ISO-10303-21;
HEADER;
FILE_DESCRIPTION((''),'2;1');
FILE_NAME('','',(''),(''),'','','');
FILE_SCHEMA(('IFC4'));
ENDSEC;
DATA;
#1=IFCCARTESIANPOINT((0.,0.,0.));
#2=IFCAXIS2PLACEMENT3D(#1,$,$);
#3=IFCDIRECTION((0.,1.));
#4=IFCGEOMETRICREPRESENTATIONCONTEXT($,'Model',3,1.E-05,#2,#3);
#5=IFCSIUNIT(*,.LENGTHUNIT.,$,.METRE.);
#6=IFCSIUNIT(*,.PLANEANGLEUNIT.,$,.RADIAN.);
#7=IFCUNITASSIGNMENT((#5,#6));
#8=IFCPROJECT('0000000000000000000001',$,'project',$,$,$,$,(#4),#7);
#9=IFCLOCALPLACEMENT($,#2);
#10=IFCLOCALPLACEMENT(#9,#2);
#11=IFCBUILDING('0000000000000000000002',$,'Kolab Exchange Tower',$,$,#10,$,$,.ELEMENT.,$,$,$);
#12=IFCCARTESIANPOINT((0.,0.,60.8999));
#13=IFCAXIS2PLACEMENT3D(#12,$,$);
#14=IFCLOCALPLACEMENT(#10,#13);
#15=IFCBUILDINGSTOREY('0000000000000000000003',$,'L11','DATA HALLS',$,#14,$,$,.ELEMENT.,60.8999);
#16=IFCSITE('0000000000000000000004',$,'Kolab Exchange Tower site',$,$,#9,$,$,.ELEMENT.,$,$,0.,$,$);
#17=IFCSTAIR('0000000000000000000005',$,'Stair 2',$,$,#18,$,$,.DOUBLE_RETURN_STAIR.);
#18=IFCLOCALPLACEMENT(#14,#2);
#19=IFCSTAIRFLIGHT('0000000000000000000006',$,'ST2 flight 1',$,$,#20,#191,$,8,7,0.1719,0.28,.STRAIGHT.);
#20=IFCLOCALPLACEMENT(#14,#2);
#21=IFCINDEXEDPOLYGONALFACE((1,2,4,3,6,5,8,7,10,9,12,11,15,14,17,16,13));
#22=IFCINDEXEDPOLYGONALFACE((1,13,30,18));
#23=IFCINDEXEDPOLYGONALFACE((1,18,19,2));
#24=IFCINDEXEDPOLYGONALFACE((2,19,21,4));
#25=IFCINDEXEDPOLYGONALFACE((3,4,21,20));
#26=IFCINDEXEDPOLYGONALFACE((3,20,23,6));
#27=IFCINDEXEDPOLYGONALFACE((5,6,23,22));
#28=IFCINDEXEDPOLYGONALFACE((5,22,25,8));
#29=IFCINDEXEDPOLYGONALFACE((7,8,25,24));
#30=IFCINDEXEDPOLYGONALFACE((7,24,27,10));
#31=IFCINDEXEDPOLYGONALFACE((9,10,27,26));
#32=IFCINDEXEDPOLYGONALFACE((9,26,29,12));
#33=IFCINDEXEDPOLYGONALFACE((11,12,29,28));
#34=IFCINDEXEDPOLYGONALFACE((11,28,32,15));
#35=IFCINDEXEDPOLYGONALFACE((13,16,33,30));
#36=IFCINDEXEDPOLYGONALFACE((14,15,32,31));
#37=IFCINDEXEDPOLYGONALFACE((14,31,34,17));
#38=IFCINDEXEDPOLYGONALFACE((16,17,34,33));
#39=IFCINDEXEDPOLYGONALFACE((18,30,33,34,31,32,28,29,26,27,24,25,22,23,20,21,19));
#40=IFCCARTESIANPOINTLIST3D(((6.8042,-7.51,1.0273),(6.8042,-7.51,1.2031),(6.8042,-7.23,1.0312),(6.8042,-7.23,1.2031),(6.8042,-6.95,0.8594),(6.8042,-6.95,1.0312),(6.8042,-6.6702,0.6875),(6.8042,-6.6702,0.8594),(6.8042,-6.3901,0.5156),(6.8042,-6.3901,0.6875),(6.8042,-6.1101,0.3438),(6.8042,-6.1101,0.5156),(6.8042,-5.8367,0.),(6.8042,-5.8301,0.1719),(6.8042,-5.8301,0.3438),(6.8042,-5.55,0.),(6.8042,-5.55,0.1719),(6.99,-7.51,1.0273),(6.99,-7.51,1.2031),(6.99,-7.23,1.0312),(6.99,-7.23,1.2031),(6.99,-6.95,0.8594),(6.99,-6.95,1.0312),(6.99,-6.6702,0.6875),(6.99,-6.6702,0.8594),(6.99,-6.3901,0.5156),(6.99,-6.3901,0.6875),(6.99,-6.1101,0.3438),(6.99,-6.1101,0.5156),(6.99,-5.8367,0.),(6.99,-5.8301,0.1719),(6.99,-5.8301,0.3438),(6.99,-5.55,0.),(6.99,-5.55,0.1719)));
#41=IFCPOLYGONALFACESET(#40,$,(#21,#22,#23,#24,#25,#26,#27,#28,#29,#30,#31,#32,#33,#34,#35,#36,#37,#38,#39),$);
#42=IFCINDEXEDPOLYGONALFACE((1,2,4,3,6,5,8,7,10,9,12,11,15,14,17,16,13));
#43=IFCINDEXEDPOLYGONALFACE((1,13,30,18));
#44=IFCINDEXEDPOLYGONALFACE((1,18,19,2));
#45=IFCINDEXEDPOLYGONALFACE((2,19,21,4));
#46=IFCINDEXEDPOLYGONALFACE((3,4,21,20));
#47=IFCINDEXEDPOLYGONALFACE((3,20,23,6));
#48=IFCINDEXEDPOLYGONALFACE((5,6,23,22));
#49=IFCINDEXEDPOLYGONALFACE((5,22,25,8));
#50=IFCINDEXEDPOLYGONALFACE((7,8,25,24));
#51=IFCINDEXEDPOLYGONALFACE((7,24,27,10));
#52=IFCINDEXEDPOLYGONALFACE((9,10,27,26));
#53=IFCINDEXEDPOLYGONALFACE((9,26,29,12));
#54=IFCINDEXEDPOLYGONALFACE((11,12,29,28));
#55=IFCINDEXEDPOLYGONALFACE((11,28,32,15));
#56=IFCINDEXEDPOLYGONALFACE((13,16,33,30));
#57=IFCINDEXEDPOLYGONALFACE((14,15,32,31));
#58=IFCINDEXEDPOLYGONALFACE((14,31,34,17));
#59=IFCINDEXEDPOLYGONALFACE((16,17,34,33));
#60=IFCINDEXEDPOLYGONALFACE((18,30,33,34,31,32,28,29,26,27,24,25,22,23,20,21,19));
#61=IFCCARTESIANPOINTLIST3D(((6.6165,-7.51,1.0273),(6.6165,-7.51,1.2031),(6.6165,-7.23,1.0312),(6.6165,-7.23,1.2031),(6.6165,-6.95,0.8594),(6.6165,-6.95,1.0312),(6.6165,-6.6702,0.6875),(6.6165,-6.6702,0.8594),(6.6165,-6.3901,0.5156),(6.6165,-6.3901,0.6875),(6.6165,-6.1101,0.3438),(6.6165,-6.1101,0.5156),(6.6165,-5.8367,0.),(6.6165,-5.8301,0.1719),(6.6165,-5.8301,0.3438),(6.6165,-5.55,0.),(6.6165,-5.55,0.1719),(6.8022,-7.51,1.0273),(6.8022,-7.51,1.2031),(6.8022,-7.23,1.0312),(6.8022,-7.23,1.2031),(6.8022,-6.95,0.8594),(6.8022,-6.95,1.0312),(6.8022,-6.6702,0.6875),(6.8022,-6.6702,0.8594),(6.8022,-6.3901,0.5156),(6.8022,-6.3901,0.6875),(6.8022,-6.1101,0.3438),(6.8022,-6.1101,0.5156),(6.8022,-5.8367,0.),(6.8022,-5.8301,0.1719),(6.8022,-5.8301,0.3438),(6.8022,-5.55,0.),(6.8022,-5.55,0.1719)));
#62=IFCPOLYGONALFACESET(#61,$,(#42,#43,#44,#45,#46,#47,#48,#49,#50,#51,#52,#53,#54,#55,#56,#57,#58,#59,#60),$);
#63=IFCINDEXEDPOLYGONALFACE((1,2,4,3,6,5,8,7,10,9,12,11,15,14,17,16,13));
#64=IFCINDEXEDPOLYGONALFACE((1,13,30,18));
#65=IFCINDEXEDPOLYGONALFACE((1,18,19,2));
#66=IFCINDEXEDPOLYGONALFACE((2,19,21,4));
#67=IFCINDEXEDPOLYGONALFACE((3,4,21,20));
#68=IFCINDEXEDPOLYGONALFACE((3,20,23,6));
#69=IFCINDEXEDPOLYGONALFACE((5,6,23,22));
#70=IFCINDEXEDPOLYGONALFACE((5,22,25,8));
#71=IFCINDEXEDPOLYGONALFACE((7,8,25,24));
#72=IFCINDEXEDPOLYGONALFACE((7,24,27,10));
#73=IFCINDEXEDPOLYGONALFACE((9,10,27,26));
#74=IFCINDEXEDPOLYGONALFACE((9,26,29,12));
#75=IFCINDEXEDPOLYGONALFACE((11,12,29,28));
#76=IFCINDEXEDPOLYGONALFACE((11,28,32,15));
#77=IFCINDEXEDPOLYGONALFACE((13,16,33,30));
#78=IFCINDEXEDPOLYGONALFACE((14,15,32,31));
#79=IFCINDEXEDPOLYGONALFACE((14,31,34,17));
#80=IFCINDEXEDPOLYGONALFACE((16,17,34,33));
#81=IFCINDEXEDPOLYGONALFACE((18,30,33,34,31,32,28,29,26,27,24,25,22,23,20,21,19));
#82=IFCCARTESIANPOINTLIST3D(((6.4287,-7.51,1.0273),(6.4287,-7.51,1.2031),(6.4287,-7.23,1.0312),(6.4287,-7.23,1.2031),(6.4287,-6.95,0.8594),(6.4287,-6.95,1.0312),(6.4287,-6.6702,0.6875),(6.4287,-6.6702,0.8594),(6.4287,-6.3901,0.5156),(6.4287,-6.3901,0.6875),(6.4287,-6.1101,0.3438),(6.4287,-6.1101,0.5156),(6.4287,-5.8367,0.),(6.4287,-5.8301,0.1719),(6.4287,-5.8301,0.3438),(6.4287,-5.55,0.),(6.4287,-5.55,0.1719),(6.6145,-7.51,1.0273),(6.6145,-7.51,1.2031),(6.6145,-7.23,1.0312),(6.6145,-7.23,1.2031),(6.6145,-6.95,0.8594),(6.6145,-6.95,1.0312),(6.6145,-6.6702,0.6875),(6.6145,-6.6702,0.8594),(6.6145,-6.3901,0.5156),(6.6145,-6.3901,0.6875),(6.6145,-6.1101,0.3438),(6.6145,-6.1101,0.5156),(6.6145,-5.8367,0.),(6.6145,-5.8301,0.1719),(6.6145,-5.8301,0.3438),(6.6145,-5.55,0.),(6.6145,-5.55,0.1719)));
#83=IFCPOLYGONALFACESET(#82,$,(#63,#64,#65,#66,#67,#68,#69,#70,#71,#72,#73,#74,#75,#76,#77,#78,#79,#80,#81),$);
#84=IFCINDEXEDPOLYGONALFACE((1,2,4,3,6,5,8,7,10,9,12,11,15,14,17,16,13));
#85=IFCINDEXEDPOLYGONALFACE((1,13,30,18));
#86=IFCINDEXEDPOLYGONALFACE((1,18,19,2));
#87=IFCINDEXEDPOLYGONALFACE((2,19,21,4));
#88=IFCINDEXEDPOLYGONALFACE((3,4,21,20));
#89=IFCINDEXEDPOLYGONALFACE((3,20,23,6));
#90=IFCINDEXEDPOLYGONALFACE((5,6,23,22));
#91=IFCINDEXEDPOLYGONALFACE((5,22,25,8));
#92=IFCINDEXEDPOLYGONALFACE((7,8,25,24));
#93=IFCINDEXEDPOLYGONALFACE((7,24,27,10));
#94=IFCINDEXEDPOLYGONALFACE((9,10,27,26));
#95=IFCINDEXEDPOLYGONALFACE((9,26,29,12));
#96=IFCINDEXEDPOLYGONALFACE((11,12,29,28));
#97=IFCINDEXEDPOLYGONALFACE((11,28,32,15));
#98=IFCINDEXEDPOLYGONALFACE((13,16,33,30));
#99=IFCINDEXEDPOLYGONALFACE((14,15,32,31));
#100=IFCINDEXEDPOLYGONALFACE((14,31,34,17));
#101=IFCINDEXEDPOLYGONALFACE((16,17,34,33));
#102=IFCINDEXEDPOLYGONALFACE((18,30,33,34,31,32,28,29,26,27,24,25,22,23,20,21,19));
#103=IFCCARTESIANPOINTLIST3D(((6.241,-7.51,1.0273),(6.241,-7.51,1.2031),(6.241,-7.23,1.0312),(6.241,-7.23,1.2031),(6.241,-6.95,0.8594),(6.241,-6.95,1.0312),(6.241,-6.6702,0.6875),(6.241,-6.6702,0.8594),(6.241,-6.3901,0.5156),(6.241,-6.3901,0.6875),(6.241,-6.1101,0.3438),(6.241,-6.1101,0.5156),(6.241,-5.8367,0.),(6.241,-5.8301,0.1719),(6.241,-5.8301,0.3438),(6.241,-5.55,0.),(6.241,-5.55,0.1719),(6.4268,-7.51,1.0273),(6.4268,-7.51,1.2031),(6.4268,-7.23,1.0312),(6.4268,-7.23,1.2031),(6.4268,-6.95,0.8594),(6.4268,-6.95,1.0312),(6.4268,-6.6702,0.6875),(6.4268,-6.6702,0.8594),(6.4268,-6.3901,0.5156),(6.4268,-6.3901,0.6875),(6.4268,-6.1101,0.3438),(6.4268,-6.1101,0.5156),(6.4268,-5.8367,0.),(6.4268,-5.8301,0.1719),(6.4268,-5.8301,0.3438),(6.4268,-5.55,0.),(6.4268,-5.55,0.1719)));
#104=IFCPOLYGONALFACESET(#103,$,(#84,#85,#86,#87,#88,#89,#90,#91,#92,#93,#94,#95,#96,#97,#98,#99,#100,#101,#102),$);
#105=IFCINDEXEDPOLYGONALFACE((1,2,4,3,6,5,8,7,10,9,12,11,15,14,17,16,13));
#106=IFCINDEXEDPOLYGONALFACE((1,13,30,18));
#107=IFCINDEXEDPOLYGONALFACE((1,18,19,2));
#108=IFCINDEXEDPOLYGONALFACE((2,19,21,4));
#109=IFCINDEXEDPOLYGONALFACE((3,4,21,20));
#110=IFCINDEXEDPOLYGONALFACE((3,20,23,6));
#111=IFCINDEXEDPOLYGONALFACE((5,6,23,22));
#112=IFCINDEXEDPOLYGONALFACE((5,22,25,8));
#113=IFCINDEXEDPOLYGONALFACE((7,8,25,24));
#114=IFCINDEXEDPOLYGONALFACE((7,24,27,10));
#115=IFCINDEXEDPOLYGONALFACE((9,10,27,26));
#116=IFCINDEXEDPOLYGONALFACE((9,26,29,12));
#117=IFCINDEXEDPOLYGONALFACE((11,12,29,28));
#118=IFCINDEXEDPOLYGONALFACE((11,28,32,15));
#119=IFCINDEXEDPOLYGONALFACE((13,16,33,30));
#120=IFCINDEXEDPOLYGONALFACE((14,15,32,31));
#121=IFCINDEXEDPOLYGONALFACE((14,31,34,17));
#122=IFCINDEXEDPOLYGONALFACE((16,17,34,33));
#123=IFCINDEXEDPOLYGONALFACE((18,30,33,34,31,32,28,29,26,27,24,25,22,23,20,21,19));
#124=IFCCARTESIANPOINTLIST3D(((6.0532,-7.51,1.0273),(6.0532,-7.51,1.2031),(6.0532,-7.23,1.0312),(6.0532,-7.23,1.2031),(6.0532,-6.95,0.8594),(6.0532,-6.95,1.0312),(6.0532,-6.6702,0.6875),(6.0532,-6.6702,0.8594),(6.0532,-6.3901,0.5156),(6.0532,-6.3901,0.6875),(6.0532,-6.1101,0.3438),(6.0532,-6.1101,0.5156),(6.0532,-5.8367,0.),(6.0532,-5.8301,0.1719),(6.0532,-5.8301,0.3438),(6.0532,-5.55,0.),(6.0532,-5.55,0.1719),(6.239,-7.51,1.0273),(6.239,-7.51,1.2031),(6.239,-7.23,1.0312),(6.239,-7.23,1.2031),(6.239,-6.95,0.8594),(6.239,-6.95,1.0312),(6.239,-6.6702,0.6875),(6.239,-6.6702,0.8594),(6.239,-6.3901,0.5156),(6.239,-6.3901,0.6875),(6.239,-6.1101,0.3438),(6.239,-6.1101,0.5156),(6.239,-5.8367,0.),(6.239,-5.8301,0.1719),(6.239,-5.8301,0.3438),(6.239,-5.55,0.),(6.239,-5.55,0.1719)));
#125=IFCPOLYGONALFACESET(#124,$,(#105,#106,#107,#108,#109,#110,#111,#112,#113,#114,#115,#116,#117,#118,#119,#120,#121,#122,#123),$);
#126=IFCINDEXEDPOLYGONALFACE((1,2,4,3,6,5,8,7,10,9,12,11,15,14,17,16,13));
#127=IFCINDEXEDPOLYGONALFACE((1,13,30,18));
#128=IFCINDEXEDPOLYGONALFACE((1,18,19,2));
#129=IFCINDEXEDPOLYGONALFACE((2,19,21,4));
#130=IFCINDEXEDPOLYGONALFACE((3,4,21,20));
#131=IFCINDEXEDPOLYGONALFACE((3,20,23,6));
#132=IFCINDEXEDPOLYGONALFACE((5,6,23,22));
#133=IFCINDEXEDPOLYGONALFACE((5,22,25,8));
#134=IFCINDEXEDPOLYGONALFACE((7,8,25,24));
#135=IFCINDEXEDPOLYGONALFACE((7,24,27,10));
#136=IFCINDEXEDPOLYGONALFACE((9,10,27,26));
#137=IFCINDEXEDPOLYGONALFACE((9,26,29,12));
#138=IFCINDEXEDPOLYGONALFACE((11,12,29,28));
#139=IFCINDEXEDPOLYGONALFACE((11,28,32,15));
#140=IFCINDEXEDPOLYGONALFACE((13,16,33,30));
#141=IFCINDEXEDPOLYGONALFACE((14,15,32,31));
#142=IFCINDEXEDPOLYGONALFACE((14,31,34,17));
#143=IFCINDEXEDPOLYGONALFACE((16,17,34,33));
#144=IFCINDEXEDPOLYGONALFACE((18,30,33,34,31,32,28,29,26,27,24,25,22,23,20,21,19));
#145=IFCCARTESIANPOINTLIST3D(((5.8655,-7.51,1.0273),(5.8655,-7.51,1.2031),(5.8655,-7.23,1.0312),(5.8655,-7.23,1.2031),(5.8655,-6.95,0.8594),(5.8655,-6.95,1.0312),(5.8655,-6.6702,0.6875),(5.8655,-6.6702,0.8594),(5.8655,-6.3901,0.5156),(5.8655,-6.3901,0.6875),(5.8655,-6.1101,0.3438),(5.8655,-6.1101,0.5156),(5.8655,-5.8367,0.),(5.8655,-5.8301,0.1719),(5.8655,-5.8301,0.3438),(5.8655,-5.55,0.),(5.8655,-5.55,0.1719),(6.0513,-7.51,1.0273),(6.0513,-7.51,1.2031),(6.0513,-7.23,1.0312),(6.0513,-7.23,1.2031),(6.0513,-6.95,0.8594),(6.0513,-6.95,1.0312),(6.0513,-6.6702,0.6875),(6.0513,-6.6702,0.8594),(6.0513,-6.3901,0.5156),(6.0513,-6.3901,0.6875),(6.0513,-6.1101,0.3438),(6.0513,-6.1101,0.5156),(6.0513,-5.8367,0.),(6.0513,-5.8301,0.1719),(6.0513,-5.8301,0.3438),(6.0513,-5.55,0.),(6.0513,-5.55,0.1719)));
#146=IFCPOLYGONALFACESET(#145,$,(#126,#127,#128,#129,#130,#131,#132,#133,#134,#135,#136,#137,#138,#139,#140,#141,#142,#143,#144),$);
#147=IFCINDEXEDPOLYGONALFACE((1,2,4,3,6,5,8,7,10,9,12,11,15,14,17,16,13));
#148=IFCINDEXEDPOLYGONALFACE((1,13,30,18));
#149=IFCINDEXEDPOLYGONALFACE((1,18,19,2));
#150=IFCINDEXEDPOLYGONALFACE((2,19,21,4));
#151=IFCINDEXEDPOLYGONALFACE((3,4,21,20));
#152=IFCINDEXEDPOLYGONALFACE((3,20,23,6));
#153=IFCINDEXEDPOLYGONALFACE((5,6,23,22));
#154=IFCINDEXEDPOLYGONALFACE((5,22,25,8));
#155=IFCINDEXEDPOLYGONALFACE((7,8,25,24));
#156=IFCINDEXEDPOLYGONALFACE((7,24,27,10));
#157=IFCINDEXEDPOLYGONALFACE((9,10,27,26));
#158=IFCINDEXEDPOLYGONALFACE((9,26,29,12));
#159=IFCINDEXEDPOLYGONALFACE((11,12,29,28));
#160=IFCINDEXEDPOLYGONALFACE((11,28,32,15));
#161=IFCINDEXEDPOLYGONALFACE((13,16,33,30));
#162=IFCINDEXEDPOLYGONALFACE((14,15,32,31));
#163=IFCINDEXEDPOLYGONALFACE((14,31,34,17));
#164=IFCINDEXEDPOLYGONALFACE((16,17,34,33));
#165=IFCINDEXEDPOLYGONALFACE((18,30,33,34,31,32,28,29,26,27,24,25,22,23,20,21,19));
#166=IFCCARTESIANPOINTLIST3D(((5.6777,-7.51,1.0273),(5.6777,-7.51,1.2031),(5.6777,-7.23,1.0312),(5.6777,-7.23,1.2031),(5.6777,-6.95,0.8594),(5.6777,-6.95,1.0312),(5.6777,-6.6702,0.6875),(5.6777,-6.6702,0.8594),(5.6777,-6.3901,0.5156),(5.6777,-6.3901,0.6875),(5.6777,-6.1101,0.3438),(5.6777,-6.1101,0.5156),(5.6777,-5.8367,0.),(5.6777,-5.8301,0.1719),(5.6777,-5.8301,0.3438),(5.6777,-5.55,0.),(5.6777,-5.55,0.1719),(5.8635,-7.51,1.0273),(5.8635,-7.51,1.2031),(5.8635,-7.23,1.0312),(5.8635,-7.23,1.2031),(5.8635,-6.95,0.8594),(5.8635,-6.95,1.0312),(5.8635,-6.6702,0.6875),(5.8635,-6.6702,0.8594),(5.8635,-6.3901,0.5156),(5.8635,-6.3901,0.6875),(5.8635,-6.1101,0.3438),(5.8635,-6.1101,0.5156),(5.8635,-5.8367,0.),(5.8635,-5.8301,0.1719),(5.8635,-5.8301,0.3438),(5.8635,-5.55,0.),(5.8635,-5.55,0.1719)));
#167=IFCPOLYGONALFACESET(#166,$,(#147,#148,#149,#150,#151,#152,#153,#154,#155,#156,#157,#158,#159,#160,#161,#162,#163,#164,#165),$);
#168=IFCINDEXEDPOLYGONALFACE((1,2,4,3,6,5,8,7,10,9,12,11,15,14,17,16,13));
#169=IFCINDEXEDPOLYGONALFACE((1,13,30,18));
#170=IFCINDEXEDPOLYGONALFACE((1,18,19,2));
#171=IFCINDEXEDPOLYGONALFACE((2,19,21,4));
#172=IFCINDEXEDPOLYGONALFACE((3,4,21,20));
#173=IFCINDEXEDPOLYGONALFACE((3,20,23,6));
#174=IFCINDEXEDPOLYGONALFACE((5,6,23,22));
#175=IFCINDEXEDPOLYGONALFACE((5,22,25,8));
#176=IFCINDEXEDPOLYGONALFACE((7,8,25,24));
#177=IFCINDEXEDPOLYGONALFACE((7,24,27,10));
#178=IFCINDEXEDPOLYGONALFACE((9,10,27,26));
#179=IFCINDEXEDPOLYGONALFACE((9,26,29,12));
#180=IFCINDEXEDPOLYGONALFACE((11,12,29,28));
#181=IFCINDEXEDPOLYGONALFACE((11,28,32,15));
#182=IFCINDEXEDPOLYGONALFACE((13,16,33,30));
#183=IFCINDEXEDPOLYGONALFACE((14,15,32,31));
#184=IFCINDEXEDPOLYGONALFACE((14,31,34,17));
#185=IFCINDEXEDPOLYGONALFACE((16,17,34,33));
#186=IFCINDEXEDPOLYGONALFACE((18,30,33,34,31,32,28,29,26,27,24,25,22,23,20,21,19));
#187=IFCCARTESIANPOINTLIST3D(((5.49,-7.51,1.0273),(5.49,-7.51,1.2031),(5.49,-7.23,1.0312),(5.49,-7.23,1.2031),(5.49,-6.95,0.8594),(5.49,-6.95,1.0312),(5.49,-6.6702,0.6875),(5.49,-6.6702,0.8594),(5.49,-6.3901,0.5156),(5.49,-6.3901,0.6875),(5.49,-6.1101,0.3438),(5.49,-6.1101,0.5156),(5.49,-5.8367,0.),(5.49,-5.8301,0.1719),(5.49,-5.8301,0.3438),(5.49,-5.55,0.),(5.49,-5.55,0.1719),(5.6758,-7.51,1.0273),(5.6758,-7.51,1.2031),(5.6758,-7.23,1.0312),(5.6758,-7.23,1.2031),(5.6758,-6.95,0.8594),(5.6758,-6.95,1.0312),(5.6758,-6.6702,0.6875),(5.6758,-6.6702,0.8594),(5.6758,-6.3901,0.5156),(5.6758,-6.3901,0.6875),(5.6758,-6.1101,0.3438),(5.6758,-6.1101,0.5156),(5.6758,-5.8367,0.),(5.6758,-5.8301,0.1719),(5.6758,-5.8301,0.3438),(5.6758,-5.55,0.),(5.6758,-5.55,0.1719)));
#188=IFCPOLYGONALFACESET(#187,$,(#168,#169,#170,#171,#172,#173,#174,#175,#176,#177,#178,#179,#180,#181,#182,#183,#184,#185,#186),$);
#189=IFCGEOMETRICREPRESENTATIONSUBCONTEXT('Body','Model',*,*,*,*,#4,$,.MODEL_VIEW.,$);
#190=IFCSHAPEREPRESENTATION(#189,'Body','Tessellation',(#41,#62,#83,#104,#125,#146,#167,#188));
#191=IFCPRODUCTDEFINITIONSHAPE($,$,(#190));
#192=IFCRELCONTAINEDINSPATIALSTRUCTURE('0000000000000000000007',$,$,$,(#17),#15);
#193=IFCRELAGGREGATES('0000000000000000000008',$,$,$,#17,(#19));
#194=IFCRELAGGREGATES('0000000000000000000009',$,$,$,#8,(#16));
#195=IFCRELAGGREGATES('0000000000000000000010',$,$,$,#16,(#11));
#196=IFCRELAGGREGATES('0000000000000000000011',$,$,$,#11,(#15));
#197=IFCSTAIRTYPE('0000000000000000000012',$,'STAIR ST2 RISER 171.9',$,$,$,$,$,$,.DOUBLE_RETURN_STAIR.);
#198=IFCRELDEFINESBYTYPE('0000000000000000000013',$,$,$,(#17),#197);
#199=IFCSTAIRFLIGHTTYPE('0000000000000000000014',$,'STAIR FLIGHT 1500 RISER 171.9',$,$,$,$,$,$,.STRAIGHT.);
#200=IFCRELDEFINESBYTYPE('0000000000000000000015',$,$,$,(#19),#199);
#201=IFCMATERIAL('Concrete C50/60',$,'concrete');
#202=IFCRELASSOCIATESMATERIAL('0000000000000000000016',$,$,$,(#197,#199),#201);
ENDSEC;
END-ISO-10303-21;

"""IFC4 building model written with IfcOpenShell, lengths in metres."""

from ifc_helpers import new_model, si_unit, direction, frame, origin, place, context, subcontext, project, spatial, polyline, outline, extrude, material, type_object, element, aggregate, save


model = new_model("IFC4")

# Units and contexts
model_context = context("Model", 3, precision=1e-05, world=origin(), true_north=direction((0.0, 1.0)))
body_context = subcontext(model_context, "Body", "Model", "MODEL_VIEW")
ifc_project = project(units=[si_unit("LENGTHUNIT", "METRE"), si_unit("PLANEANGLEUNIT", "RADIAN")], contexts=[model_context])

# Site, building, storey
site_placement = place(None, origin())
site = spatial("IfcSite", under=ifc_project, at=site_placement, Name="Kolab Exchange Tower site", CompositionType="ELEMENT", RefElevation=0.0)
building_placement = place(site_placement, origin())
building = spatial("IfcBuilding", under=site, at=building_placement, Name="Kolab Exchange Tower", CompositionType="ELEMENT")
storey_placement = place(building_placement, frame((0.0, 0.0, 60.8999)))
storey = spatial("IfcBuildingStorey", under=building, at=storey_placement, Name="L11", Description="DATA HALLS", CompositionType="ELEMENT", Elevation=60.8999)

# Shared definitions
ifc_material_1 = material(Name="Concrete C50/60", Category="concrete")

# Stair, stair flight
stair_type = type_object("IfcStairType", Name="STAIR ST2 RISER 171.9", PredefinedType="DOUBLE_RETURN_STAIR", material=ifc_material_1)
stair_placement = place(storey_placement, origin())
stair = element("IfcStair", 1, at=stair_placement, inside=storey, type_object=stair_type, Name="Stair 2", PredefinedType="DOUBLE_RETURN_STAIR")
stair_flight_type = type_object("IfcStairFlightType", Name="STAIR FLIGHT 1500 RISER 171.9", PredefinedType="STRAIGHT", material=ifc_material_1)
stair_flight_1_placement = place(storey_placement, frame((6.24, -5.55, 0.0), z_axis=(0.0, 0.0, 1.0), x_axis=(0.0, -1.0, 0.0)))
stair_flight_1 = element("IfcStairFlight", 2, at=stair_flight_1_placement, type_object=stair_flight_type, Name="ST2 flight 1", NumberOfRisers=8, NumberOfTreads=7, PredefinedType="STRAIGHT", RiserHeight=0.1719, TreadLength=0.28, context=body_context, shape_type="SweptSolid", body=[
    extrude(outline(polyline([(0.0, 0.0), (0.0, 0.1719), (0.28, 0.1719), (0.28, 0.3438), (0.5601, 0.3438), (0.5601, 0.5156), (0.8401, 0.5156), (0.8401, 0.6875), (1.1201, 0.6875), (1.1201, 0.8594), (1.3999, 0.8594), (1.3999, 1.0312), (1.6799, 1.0312), (1.6799, 1.2031), (1.96, 1.2031), (1.96, 1.375), (1.96, 1.0273), (0.2866, 0.0), (0.0, 0.0)])), frame((0.0, 0.75, 0.0), z_axis=(0.0, -1.0, 0.0), x_axis=(1.0, 0.0, 0.0)), (0.0, 0.0, 1.0), 0.1858),
    extrude(outline(polyline([(0.0, 0.0), (0.0, 0.1719), (0.28, 0.1719), (0.28, 0.3438), (0.5601, 0.3438), (0.5601, 0.5156), (0.8401, 0.5156), (0.8401, 0.6875), (1.1201, 0.6875), (1.1201, 0.8594), (1.3999, 0.8594), (1.3999, 1.0312), (1.6799, 1.0312), (1.6799, 1.2031), (1.96, 1.2031), (1.96, 1.375), (1.96, 1.0273), (0.2866, 0.0), (0.0, 0.0)])), frame((0.0, 0.5623, 0.0), z_axis=(0.0, -1.0, 0.0), x_axis=(1.0, 0.0, 0.0)), (0.0, 0.0, 1.0), 0.1858),
    extrude(outline(polyline([(0.0, 0.0), (0.0, 0.1719), (0.28, 0.1719), (0.28, 0.3438), (0.5601, 0.3438), (0.5601, 0.5156), (0.8401, 0.5156), (0.8401, 0.6875), (1.1201, 0.6875), (1.1201, 0.8594), (1.3999, 0.8594), (1.3999, 1.0312), (1.6799, 1.0312), (1.6799, 1.2031), (1.96, 1.2031), (1.96, 1.375), (1.96, 1.0273), (0.2866, 0.0), (0.0, 0.0)])), frame((0.0, 0.3745, 0.0), z_axis=(0.0, -1.0, 0.0), x_axis=(1.0, 0.0, 0.0)), (0.0, 0.0, 1.0), 0.1858),
    extrude(outline(polyline([(0.0, 0.0), (0.0, 0.1719), (0.28, 0.1719), (0.28, 0.3438), (0.5601, 0.3438), (0.5601, 0.5156), (0.8401, 0.5156), (0.8401, 0.6875), (1.1201, 0.6875), (1.1201, 0.8594), (1.3999, 0.8594), (1.3999, 1.0312), (1.6799, 1.0312), (1.6799, 1.2031), (1.96, 1.2031), (1.96, 1.375), (1.96, 1.0273), (0.2866, 0.0), (0.0, 0.0)])), frame((0.0, 0.1868, 0.0), z_axis=(0.0, -1.0, 0.0), x_axis=(1.0, 0.0, 0.0)), (0.0, 0.0, 1.0), 0.1858),
    extrude(outline(polyline([(0.0, 0.0), (0.0, 0.1719), (0.28, 0.1719), (0.28, 0.3438), (0.5601, 0.3438), (0.5601, 0.5156), (0.8401, 0.5156), (0.8401, 0.6875), (1.1201, 0.6875), (1.1201, 0.8594), (1.3999, 0.8594), (1.3999, 1.0312), (1.6799, 1.0312), (1.6799, 1.2031), (1.96, 1.2031), (1.96, 1.375), (1.96, 1.0273), (0.2866, 0.0), (0.0, 0.0)])), frame((0.0, -0.001, 0.0), z_axis=(0.0, -1.0, 0.0), x_axis=(1.0, 0.0, 0.0)), (0.0, 0.0, 1.0), 0.1858),
    extrude(outline(polyline([(0.0, 0.0), (0.0, 0.1719), (0.28, 0.1719), (0.28, 0.3438), (0.5601, 0.3438), (0.5601, 0.5156), (0.8401, 0.5156), (0.8401, 0.6875), (1.1201, 0.6875), (1.1201, 0.8594), (1.3999, 0.8594), (1.3999, 1.0312), (1.6799, 1.0312), (1.6799, 1.2031), (1.96, 1.2031), (1.96, 1.375), (1.96, 1.0273), (0.2866, 0.0), (0.0, 0.0)])), frame((0.0, -0.1887, 0.0), z_axis=(0.0, -1.0, 0.0), x_axis=(1.0, 0.0, 0.0)), (0.0, 0.0, 1.0), 0.1858),
    extrude(outline(polyline([(0.0, 0.0), (0.0, 0.1719), (0.28, 0.1719), (0.28, 0.3438), (0.5601, 0.3438), (0.5601, 0.5156), (0.8401, 0.5156), (0.8401, 0.6875), (1.1201, 0.6875), (1.1201, 0.8594), (1.3999, 0.8594), (1.3999, 1.0312), (1.6799, 1.0312), (1.6799, 1.2031), (1.96, 1.2031), (1.96, 1.375), (1.96, 1.0273), (0.2866, 0.0), (0.0, 0.0)])), frame((0.0, -0.3765, 0.0), z_axis=(0.0, -1.0, 0.0), x_axis=(1.0, 0.0, 0.0)), (0.0, 0.0, 1.0), 0.1858),
    extrude(outline(polyline([(0.0, 0.0), (0.0, 0.1719), (0.28, 0.1719), (0.28, 0.3438), (0.5601, 0.3438), (0.5601, 0.5156), (0.8401, 0.5156), (0.8401, 0.6875), (1.1201, 0.6875), (1.1201, 0.8594), (1.3999, 0.8594), (1.3999, 1.0312), (1.6799, 1.0312), (1.6799, 1.2031), (1.96, 1.2031), (1.96, 1.375), (1.96, 1.0273), (0.2866, 0.0), (0.0, 0.0)])), frame((0.0, -0.5642, 0.0), z_axis=(0.0, -1.0, 0.0), x_axis=(1.0, 0.0, 0.0)), (0.0, 0.0, 1.0), 0.1858),
])
aggregate(stair, [stair_flight_1])

save(model, "model.ifc")
